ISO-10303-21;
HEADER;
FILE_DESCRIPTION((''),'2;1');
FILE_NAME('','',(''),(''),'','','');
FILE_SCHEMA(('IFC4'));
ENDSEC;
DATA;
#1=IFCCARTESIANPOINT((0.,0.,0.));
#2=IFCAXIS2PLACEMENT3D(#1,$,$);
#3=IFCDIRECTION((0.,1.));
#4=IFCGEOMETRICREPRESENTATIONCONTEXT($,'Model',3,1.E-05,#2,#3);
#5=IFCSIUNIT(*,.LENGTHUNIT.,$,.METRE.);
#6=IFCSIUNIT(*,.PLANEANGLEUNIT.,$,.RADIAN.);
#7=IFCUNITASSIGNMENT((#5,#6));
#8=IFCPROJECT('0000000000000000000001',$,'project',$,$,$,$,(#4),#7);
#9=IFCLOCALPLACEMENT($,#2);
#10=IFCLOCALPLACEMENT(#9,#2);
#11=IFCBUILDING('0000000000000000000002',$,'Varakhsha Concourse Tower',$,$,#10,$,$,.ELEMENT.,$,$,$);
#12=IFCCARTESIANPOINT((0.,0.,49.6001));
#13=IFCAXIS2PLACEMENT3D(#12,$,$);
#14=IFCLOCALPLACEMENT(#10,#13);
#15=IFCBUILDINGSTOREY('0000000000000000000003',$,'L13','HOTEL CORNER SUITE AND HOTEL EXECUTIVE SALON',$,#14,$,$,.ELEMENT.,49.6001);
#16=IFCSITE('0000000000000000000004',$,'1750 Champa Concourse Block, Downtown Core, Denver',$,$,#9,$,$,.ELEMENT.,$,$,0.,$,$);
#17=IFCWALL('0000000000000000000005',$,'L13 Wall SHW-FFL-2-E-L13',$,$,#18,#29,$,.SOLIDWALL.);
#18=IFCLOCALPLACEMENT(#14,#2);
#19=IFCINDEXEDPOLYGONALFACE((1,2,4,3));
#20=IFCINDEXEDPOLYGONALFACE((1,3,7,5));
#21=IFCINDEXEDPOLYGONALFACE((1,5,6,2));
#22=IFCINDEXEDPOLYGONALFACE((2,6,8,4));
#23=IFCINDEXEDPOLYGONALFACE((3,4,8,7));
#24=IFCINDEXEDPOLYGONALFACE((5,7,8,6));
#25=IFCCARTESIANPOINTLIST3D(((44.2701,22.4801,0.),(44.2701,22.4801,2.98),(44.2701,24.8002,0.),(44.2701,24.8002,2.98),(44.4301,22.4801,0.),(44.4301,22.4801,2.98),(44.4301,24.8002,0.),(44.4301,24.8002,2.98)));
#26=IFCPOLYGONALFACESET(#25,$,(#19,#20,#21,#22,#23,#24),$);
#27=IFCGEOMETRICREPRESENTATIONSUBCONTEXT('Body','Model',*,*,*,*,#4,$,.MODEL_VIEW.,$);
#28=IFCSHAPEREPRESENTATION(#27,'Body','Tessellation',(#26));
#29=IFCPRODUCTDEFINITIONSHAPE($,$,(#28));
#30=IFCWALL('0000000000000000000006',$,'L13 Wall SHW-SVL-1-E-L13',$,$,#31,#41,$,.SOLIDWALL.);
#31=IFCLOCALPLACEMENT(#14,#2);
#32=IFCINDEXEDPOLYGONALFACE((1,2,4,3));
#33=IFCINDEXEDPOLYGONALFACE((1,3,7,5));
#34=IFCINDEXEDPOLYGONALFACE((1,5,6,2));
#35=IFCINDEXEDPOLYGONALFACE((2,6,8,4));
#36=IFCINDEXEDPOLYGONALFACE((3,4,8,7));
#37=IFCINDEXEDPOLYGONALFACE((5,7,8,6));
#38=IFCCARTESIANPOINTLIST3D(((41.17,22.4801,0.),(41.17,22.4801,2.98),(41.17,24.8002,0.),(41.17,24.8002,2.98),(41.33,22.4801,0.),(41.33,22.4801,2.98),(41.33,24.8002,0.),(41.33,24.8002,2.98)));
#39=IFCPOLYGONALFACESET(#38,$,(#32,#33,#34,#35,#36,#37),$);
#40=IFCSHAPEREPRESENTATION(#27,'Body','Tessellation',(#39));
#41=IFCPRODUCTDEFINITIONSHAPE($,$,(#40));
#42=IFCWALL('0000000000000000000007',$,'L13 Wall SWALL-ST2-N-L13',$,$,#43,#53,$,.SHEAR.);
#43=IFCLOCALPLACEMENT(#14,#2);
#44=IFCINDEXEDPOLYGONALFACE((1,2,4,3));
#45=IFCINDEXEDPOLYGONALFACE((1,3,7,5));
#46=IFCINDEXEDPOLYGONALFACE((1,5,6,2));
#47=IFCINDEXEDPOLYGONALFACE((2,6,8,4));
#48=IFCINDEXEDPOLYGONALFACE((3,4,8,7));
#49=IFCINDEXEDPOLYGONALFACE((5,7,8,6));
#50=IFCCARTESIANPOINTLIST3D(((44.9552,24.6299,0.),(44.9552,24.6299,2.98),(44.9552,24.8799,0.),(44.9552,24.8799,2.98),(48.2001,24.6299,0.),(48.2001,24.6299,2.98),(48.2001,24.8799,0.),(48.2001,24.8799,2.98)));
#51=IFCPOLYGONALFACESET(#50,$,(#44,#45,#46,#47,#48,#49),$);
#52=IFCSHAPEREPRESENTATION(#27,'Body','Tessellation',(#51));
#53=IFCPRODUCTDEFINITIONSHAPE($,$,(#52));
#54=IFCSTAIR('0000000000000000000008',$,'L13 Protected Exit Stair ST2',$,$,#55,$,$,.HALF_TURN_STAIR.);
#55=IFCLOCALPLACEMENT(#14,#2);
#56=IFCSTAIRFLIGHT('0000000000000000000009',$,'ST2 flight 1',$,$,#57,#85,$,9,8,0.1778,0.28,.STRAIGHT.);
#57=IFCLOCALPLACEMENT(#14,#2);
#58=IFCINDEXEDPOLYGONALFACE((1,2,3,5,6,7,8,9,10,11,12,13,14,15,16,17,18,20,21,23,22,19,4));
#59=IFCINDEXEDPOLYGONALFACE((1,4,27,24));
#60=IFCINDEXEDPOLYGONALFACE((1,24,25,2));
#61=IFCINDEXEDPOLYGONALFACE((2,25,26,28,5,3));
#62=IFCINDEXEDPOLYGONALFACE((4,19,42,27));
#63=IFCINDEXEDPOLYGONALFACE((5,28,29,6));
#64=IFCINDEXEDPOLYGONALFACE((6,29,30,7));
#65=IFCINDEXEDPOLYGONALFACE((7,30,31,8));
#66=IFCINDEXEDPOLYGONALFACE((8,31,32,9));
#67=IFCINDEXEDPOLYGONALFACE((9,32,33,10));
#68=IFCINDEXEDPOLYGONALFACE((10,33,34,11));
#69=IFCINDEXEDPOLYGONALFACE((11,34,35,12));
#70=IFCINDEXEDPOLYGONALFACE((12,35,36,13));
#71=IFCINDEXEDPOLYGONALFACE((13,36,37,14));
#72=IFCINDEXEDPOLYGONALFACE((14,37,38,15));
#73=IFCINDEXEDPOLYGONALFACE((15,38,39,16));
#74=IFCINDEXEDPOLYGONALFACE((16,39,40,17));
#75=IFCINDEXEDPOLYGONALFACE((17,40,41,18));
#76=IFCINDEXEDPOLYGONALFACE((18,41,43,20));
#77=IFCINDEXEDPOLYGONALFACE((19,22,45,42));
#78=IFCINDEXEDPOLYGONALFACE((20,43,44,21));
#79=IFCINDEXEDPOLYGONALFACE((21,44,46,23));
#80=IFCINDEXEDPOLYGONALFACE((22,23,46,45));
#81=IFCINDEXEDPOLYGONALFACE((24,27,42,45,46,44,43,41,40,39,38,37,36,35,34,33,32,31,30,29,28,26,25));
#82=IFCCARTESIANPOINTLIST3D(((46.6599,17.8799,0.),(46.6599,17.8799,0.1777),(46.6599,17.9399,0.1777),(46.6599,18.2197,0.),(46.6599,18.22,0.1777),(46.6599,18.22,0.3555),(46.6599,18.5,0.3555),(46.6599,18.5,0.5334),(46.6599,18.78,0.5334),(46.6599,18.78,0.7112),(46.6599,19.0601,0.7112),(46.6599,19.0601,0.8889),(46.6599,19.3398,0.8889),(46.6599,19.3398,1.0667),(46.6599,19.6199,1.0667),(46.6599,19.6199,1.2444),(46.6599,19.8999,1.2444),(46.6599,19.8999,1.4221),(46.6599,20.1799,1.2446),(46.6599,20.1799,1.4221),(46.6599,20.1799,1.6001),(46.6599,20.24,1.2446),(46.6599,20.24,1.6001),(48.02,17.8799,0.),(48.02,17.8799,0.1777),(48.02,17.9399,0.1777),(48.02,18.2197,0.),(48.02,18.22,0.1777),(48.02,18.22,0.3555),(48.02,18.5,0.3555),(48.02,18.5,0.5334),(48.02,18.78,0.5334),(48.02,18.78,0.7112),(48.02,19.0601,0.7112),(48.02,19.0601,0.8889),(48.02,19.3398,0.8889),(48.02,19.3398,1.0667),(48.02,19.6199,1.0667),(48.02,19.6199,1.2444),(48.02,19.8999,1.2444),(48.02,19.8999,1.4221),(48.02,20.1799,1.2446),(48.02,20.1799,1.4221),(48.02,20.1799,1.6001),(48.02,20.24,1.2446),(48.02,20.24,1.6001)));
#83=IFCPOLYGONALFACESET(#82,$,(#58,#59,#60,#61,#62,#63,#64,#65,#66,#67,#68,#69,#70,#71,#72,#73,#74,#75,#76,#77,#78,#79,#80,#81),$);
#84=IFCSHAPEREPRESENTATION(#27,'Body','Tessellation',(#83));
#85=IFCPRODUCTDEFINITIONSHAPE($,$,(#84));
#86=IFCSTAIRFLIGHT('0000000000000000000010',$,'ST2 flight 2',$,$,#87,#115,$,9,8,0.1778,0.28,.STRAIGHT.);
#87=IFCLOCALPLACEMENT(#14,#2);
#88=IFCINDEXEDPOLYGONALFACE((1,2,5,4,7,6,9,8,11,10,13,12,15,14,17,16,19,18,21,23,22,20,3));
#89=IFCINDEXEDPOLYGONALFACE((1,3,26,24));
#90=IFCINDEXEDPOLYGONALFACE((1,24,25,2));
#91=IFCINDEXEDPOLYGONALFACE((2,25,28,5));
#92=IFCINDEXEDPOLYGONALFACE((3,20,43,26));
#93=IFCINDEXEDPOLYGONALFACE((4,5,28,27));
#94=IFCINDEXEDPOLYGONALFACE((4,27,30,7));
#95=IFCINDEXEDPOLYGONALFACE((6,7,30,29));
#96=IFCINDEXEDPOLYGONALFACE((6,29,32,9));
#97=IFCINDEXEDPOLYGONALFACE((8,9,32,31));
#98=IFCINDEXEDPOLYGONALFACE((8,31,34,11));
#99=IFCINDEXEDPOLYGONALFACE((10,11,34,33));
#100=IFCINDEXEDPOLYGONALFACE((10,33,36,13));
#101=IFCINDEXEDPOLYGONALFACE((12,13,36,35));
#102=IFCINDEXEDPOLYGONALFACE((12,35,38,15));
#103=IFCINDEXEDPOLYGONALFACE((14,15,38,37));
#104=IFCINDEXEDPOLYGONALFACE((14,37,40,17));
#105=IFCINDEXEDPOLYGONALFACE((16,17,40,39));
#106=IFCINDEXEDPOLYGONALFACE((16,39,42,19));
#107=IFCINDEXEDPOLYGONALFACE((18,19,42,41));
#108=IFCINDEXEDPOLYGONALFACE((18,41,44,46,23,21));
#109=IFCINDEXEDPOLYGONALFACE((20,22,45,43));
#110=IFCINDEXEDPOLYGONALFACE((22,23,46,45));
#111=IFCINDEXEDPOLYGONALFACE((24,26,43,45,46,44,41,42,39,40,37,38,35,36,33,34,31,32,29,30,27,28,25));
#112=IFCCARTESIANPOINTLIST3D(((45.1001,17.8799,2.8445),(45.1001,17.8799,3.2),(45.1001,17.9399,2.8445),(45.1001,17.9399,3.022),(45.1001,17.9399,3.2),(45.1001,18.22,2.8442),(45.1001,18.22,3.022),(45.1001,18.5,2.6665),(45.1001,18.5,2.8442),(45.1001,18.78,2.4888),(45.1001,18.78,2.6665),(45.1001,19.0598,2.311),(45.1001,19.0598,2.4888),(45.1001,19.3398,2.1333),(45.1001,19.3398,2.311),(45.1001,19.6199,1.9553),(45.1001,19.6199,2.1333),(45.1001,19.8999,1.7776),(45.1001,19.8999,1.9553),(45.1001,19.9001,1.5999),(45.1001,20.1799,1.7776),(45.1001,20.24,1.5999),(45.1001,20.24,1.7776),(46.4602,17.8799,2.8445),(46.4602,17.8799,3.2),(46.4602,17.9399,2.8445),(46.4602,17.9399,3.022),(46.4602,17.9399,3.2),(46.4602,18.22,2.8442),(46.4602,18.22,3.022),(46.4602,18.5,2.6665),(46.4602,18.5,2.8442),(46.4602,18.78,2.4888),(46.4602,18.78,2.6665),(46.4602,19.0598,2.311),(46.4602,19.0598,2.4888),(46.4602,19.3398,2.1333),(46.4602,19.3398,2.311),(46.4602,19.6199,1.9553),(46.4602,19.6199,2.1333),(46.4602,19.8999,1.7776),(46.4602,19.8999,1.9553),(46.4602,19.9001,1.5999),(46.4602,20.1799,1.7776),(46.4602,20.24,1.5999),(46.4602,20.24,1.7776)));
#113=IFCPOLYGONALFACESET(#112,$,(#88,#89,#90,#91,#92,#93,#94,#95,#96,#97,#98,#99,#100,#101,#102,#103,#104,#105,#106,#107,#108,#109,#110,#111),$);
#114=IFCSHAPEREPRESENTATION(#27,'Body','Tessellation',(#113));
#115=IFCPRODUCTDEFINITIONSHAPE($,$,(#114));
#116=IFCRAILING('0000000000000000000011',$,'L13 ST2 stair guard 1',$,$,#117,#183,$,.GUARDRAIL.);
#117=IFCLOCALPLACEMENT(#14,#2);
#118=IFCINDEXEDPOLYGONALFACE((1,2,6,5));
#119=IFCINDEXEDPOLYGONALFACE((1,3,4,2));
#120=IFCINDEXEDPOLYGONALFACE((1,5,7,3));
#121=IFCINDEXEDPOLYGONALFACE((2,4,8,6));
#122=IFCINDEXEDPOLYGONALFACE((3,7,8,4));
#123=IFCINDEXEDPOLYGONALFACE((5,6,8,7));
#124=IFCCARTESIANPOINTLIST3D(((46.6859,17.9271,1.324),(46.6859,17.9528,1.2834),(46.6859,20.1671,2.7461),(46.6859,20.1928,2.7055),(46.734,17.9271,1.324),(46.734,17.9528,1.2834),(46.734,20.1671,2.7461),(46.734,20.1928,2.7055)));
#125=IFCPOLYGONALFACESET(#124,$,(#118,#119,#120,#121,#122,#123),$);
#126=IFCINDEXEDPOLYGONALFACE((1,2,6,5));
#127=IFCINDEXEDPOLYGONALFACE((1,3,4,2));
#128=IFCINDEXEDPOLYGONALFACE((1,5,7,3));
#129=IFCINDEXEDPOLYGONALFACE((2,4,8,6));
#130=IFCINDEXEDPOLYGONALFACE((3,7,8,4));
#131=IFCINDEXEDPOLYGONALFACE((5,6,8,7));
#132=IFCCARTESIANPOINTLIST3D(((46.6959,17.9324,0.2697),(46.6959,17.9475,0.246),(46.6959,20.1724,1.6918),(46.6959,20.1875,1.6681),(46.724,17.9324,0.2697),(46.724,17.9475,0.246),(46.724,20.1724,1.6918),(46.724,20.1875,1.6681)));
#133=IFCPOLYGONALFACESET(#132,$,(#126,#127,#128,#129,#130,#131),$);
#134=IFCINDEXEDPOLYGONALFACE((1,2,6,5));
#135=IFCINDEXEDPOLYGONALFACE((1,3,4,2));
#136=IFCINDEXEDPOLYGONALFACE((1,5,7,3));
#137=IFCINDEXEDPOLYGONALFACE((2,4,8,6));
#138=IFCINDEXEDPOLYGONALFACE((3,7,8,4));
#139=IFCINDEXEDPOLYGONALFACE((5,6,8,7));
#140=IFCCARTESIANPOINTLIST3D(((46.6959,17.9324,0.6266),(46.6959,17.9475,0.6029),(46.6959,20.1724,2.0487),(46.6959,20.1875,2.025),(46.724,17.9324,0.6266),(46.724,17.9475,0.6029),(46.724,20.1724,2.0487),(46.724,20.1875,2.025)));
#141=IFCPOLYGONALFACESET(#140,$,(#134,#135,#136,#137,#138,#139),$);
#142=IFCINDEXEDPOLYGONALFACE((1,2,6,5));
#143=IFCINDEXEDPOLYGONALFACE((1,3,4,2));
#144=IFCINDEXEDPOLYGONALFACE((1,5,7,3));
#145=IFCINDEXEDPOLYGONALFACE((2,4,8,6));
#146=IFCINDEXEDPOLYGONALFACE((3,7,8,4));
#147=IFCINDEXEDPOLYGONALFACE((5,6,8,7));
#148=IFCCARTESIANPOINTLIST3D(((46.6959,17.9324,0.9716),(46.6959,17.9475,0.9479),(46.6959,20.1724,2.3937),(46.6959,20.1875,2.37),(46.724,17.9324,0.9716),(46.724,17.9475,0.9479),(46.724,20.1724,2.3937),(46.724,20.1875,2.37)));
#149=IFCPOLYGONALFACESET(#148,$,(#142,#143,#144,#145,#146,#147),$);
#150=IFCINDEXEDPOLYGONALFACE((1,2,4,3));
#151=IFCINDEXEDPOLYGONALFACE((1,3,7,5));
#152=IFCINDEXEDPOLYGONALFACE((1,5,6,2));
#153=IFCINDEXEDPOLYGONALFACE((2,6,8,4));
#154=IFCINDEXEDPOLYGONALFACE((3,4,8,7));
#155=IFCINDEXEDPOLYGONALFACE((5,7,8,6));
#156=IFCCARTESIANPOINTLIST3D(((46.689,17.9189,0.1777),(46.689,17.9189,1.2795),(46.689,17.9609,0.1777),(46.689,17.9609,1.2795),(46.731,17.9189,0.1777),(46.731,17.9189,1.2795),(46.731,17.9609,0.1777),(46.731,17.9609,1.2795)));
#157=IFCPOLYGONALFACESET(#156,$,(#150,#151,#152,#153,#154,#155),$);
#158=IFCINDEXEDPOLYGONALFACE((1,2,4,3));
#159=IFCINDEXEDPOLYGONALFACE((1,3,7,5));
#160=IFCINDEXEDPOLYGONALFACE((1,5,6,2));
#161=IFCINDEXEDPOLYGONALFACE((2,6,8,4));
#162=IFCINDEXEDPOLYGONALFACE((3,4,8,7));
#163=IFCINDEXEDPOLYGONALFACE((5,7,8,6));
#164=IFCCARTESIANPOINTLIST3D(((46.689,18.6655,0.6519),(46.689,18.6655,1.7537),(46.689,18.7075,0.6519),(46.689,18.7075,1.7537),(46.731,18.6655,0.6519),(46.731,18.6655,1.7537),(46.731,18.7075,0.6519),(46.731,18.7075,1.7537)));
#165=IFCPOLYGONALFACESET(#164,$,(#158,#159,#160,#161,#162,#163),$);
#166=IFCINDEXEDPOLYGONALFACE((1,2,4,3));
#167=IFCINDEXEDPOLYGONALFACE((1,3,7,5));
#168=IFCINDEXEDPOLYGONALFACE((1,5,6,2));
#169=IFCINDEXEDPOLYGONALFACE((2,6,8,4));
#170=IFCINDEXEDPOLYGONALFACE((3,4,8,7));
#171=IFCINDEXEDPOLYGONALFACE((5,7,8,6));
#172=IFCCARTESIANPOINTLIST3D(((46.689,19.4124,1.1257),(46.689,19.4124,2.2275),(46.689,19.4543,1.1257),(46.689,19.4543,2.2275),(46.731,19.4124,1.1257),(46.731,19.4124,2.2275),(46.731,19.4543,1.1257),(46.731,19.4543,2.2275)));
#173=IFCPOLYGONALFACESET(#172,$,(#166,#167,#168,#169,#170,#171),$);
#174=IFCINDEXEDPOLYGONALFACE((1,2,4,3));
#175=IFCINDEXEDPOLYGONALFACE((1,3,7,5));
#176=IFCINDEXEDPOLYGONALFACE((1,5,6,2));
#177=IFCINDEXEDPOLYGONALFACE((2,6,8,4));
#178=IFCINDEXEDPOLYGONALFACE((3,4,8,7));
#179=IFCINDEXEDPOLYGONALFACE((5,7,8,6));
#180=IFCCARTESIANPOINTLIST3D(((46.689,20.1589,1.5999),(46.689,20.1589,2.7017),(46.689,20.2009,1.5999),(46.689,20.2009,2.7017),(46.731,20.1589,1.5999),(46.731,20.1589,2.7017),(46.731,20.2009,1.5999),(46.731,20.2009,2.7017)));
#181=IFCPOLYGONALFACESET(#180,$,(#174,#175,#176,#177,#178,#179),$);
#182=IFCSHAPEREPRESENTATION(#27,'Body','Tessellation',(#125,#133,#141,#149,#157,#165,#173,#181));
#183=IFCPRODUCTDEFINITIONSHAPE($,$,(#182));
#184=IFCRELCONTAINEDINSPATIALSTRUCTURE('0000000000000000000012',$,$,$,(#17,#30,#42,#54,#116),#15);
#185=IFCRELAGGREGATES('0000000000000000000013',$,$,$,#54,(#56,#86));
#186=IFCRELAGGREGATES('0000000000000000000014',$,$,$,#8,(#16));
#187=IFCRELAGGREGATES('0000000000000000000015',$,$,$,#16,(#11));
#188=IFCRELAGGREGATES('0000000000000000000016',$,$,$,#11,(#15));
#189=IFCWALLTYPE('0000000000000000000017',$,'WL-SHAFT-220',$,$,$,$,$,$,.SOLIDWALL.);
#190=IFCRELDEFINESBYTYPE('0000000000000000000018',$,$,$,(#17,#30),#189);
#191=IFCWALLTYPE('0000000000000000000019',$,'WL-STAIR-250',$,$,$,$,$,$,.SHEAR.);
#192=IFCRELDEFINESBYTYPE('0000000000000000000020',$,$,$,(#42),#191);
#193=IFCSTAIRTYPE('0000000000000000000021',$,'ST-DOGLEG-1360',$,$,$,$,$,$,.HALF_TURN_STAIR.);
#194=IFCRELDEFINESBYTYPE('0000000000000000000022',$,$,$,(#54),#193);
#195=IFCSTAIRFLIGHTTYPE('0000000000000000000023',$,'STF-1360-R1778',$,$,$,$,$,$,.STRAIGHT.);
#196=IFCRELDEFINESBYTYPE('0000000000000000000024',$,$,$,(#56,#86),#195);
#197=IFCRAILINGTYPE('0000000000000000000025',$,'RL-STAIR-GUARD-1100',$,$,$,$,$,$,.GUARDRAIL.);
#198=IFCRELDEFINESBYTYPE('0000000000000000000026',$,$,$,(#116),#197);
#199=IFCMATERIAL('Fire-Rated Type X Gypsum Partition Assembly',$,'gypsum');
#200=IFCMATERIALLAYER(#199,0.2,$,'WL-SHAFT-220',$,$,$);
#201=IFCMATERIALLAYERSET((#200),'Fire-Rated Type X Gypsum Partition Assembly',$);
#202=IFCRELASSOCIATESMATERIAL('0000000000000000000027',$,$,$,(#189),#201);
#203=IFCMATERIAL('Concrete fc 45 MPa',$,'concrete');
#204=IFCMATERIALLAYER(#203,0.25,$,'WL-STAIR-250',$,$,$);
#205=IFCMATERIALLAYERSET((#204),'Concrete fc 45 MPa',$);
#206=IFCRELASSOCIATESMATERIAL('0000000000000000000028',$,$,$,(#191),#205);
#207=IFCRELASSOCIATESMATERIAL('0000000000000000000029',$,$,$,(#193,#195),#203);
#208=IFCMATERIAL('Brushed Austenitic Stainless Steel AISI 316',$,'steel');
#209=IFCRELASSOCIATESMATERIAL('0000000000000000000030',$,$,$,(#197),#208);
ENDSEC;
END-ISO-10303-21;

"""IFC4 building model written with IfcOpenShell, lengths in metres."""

from ifc_helpers import new_model, si_unit, direction, frame, frame_2d, origin, origin_2d, place, context, subcontext, project, spatial, polyline, rectangle, outline, extrude, material, layer, layer_set, type_object, element, aggregate, save


model = new_model("IFC4")

# Units and contexts
model_context = context("Model", 3, precision=1e-05, world=origin(), true_north=direction((0.0, 1.0)))
body_context = subcontext(model_context, "Body", "Model", "MODEL_VIEW")
ifc_project = project(units=[si_unit("LENGTHUNIT", "METRE"), si_unit("PLANEANGLEUNIT", "RADIAN")], contexts=[model_context])

# Site, building, storey
site_placement = place(None, origin())
site = spatial("IfcSite", under=ifc_project, at=site_placement, Name="1750 Champa Concourse Block, Downtown Core, Denver", CompositionType="ELEMENT", RefElevation=0.0)
building_placement = place(site_placement, origin())
building = spatial("IfcBuilding", under=site, at=building_placement, Name="Varakhsha Concourse Tower", CompositionType="ELEMENT")
storey_placement = place(building_placement, frame((0.0, 0.0, 49.6001)))
storey = spatial("IfcBuildingStorey", under=building, at=storey_placement, Name="L13", Description="HOTEL CORNER SUITE AND HOTEL EXECUTIVE SALON", CompositionType="ELEMENT", Elevation=49.6001)

# Walls
ifc_material_1 = material(Name="Fire-Rated Type X Gypsum Partition Assembly", Category="gypsum")
ifc_layer_1 = layer(ifc_material_1, 0.2, Name="WL-SHAFT-220")
ifc_layer_set_1 = layer_set([ifc_layer_1], Name="Fire-Rated Type X Gypsum Partition Assembly")
wall_type_1 = type_object("IfcWallType", Name="WL-SHAFT-220", PredefinedType="SOLIDWALL", material=ifc_layer_set_1)
for number, where, z_axis, x_axis, name in (
    (1, (44.3501, 22.48, 0.0), (0.0, 0.0, 1.0), (0.0, 1.0, 0.0), "L13 Wall SHW-FFL-2-E-L13"),
    (2, (41.25, 22.48, 0.0), (0.0, 0.0, 1.0), (0.0, 1.0, 0.0), "L13 Wall SHW-SVL-1-E-L13"),
):
    element("IfcWall", number, at=place(storey_placement, frame(where, z_axis=z_axis, x_axis=x_axis)), inside=storey, type_object=wall_type_1, Name=name, PredefinedType="SOLIDWALL", context=body_context, shape_type="SweptSolid", body=[
        extrude(rectangle(XDim=2.3201, YDim=0.1599, at=frame_2d((1.1602, 0.0))), origin(), (0.0, 0.0, 1.0), 2.98),
    ])
ifc_material_2 = material(Name="Concrete fc 45 MPa", Category="concrete")
ifc_layer_2 = layer(ifc_material_2, 0.25, Name="WL-STAIR-250")
ifc_layer_set_2 = layer_set([ifc_layer_2], Name="Concrete fc 45 MPa")
wall_type_2 = type_object("IfcWallType", Name="WL-STAIR-250", PredefinedType="SHEAR", material=ifc_layer_set_2)
wall_1_placement = place(storey_placement, frame((44.9551, 24.7549, 0.0), z_axis=(0.0, 0.0, 1.0), x_axis=(1.0, 0.0, 0.0)))
element("IfcWall", 3, at=wall_1_placement, inside=storey, type_object=wall_type_2, Name="L13 Wall SWALL-ST2-N-L13", PredefinedType="SHEAR", context=body_context, shape_type="SweptSolid", body=[
    extrude(rectangle(XDim=3.2449, YDim=0.25, at=frame_2d((1.6226, 0.0))), origin(), (0.0, 0.0, 1.0), 2.98),
])

# Stair, stair flights
stair_type = type_object("IfcStairType", Name="ST-DOGLEG-1360", PredefinedType="HALF_TURN_STAIR", material=ifc_material_2)
stair_placement = place(storey_placement, origin())
stair = element("IfcStair", 4, at=stair_placement, inside=storey, type_object=stair_type, Name="L13 Protected Exit Stair ST2", PredefinedType="HALF_TURN_STAIR")
stair_flight_type = type_object("IfcStairFlightType", Name="STF-1360-R1778", PredefinedType="STRAIGHT", material=ifc_material_2)
stair_flight_1_placement = place(storey_placement, frame((47.3401, 17.9399, 0.0), z_axis=(0.0, 0.0, 1.0), x_axis=(0.0, 1.0, 0.0)))
stair_flight_1 = element("IfcStairFlight", 5, at=stair_flight_1_placement, type_object=stair_flight_type, Name="ST2 flight 1", NumberOfRisers=9, NumberOfTreads=8, PredefinedType="STRAIGHT", RiserHeight=0.1778, TreadLength=0.28, context=body_context, shape_type="SweptSolid", body=[
    extrude(outline(polyline([(-0.0601, 0.0), (-0.0601, 0.1777), (0.0, 0.1777), (0.28, 0.1777), (0.28, 0.3555), (0.5601, 0.3555), (0.5601, 0.5334), (0.8401, 0.5334), (0.8401, 0.7112), (1.1201, 0.7112), (1.1201, 0.8889), (1.3999, 0.8889), (1.3999, 1.0667), (1.6799, 1.0667), (1.6799, 1.2444), (1.96, 1.2444), (1.96, 1.4221), (2.24, 1.4221), (2.24, 1.6001), (2.3, 1.6001), (2.3, 1.2446), (2.24, 1.2446), (0.2798, 0.0), (-0.0601, 0.0)])), frame((0.0, 0.6802, 0.0), z_axis=(0.0, -1.0, 0.0), x_axis=(1.0, 0.0, 0.0)), (0.0, 0.0, 1.0), 1.3601),
])
stair_flight_2_placement = place(storey_placement, frame((45.78, 20.1799, 1.5999), z_axis=(0.0, 0.0, 1.0), x_axis=(0.0, -1.0, 0.0)))
stair_flight_2 = element("IfcStairFlight", 6, at=stair_flight_2_placement, type_object=stair_flight_type, Name="ST2 flight 2", NumberOfRisers=9, NumberOfTreads=8, PredefinedType="STRAIGHT", RiserHeight=0.1778, TreadLength=0.28, context=body_context, shape_type="SweptSolid", body=[
    extrude(outline(polyline([(-0.0601, 0.0), (-0.0601, 0.1777), (0.0, 0.1777), (0.28, 0.1777), (0.28, 0.3555), (0.5601, 0.3555), (0.5601, 0.5334), (0.8401, 0.5334), (0.8401, 0.7112), (1.1201, 0.7112), (1.1201, 0.8889), (1.3999, 0.8889), (1.3999, 1.0667), (1.6799, 1.0667), (1.6799, 1.2444), (1.96, 1.2444), (1.96, 1.4221), (2.24, 1.4221), (2.24, 1.6001), (2.3, 1.6001), (2.3, 1.2446), (2.24, 1.2446), (0.2798, 0.0), (-0.0601, 0.0)])), frame((0.0, 0.6802, 0.0), z_axis=(0.0, -1.0, 0.0), x_axis=(1.0, 0.0, 0.0)), (0.0, 0.0, 1.0), 1.3601),
])
aggregate(stair, [stair_flight_1, stair_flight_2])

# Railing
ifc_material_3 = material(Name="Brushed Austenitic Stainless Steel AISI 316", Category="steel")
railing_type_1 = type_object("IfcRailingType", Name="RL-STAIR-GUARD-1100", PredefinedType="GUARDRAIL", material=ifc_material_3)
railing_1_placement = place(storey_placement, frame((46.71, 17.9399, 0.1777)))
element("IfcRailing", 7, at=railing_1_placement, inside=storey, type_object=railing_type_1, Name="L13 ST2 stair guard 1", PredefinedType="GUARDRAIL", context=body_context, shape_type="SweptSolid", body=[
    extrude(rectangle(XDim=0.0481, YDim=0.0481, at=origin_2d()), frame((0.0, 0.0, 1.126), z_axis=(0.0, 0.844229, 0.535982), x_axis=(-1.0, 0.0, 0.0)), (0.0, 0.0, 1.0), 2.6533),
    extrude(rectangle(XDim=0.0281, YDim=0.0281, at=origin_2d()), frame((0.0, 0.0, 0.0801), z_axis=(0.0, 0.844229, 0.535982), x_axis=(-1.0, 0.0, 0.0)), (0.0, 0.0, 1.0), 2.6533),
    extrude(rectangle(XDim=0.0281, YDim=0.0281, at=origin_2d()), frame((0.0, 0.0, 0.437), z_axis=(0.0, 0.844229, 0.535982), x_axis=(-1.0, 0.0, 0.0)), (0.0, 0.0, 1.0), 2.6533),
    extrude(rectangle(XDim=0.0281, YDim=0.0281, at=origin_2d()), frame((0.0, 0.0, 0.782), z_axis=(0.0, 0.844229, 0.535982), x_axis=(-1.0, 0.0, 0.0)), (0.0, 0.0, 1.0), 2.6533),
    extrude(rectangle(XDim=0.042, YDim=0.042, at=origin_2d()), origin(), (0.0, 0.0, 1.0), 1.1018),
    extrude(rectangle(XDim=0.042, YDim=0.042, at=origin_2d()), frame((0.0, 0.7466, 0.4741)), (0.0, 0.0, 1.0), 1.1018),
    extrude(rectangle(XDim=0.042, YDim=0.042, at=origin_2d()), frame((0.0, 1.4934, 0.948)), (0.0, 0.0, 1.0), 1.1018),
    extrude(rectangle(XDim=0.042, YDim=0.042, at=origin_2d()), frame((0.0, 2.24, 1.4221)), (0.0, 0.0, 1.0), 1.1018),
])

save(model, "model.ifc")
